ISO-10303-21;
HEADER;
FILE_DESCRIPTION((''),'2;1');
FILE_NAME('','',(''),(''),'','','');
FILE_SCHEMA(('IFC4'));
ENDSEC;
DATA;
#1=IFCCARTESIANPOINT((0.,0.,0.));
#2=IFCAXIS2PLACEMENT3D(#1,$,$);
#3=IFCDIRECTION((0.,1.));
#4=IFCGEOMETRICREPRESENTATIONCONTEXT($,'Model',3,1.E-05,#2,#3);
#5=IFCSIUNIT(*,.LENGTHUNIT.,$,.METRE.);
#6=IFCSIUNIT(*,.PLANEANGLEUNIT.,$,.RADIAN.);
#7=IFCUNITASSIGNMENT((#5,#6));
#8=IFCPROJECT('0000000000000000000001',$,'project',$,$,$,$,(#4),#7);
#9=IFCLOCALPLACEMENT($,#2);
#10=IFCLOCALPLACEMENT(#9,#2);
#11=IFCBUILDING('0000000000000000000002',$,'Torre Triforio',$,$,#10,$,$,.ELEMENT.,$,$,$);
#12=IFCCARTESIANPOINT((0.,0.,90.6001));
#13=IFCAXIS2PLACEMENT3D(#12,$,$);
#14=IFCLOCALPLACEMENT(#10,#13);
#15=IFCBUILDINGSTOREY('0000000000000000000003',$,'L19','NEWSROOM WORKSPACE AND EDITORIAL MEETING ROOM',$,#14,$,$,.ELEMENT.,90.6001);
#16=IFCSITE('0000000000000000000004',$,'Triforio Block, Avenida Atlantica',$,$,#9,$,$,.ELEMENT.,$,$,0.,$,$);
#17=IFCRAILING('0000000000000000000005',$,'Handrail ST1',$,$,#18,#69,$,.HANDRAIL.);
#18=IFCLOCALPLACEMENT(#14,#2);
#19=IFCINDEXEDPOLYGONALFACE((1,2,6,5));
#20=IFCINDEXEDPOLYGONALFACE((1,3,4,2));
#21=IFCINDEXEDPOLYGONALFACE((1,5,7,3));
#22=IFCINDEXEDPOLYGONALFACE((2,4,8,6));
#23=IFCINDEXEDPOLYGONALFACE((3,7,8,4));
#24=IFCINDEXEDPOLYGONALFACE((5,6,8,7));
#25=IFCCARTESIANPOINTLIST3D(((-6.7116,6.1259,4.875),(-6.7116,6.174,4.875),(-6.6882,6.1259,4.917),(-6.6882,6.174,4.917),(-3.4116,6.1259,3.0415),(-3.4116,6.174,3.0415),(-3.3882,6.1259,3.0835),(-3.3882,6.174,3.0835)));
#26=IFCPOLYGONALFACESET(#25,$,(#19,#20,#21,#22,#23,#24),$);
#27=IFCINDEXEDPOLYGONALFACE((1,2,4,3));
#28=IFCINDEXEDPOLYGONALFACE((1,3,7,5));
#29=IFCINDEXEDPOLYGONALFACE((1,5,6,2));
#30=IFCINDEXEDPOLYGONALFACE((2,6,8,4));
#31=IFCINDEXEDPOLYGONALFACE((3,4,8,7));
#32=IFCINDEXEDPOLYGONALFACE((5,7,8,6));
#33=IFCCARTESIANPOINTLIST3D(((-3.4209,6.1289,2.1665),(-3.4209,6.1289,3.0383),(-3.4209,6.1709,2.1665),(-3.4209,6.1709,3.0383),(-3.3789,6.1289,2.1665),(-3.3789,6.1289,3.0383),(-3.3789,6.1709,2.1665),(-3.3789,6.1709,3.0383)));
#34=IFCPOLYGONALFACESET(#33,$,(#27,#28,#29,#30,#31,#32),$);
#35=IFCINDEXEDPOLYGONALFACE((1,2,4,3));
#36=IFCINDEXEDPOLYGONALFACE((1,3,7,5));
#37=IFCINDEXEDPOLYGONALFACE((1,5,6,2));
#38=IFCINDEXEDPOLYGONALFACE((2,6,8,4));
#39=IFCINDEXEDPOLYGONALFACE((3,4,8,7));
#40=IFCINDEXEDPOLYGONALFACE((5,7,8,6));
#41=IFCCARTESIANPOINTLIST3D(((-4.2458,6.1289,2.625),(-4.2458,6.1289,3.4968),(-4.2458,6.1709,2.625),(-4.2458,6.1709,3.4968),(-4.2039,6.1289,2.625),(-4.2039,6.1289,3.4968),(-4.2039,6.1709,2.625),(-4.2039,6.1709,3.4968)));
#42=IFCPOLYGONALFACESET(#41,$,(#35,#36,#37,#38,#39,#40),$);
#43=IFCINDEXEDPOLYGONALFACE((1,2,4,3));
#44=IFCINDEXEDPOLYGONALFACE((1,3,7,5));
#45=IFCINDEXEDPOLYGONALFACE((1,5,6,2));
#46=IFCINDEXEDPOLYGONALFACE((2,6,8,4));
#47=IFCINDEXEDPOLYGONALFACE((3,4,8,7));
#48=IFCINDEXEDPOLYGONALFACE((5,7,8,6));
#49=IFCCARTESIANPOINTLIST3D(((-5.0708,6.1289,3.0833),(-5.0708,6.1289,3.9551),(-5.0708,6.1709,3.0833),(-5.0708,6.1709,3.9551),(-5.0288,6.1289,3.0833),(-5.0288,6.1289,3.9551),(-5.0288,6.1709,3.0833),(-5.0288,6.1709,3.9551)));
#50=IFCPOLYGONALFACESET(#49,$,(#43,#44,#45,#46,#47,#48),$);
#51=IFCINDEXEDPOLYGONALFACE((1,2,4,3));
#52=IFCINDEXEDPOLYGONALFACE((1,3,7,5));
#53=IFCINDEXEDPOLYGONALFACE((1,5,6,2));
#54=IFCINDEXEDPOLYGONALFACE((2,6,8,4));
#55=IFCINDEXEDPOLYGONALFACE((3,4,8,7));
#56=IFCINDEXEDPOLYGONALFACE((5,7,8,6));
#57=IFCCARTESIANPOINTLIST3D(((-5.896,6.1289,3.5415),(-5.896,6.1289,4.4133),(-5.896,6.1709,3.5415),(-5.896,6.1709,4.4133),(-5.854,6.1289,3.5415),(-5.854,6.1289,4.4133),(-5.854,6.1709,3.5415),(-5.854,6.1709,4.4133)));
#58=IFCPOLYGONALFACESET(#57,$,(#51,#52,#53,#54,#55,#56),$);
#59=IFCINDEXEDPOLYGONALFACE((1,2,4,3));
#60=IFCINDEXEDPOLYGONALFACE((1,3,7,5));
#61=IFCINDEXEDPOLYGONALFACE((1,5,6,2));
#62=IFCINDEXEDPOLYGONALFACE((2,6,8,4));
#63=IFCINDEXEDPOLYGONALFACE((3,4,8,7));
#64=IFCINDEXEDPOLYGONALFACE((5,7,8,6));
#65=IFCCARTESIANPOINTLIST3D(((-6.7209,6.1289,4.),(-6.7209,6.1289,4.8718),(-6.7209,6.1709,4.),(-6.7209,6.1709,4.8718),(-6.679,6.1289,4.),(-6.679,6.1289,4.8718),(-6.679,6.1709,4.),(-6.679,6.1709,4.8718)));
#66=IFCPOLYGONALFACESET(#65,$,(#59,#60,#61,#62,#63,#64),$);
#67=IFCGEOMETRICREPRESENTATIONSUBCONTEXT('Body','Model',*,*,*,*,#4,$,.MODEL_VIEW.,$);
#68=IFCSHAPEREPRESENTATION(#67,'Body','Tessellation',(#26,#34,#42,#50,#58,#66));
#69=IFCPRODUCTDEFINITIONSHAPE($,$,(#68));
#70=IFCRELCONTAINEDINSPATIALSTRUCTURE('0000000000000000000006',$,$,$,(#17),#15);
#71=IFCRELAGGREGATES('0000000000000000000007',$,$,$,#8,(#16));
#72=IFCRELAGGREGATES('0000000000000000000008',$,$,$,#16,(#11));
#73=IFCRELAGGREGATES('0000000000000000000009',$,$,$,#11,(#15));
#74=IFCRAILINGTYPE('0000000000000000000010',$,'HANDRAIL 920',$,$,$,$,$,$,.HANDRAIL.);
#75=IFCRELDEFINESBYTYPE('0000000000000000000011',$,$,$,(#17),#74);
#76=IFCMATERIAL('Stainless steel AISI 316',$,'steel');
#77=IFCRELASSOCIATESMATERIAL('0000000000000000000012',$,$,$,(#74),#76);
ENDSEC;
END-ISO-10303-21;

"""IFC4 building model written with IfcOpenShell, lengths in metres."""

from ifc_helpers import new_model, si_unit, direction, frame, origin, origin_2d, place, context, subcontext, project, spatial, rectangle, extrude, material, type_object, element, save


model = new_model("IFC4")

# Units and contexts
model_context = context("Model", 3, precision=1e-05, world=origin(), true_north=direction((0.0, 1.0)))
body_context = subcontext(model_context, "Body", "Model", "MODEL_VIEW")
ifc_project = project(units=[si_unit("LENGTHUNIT", "METRE"), si_unit("PLANEANGLEUNIT", "RADIAN")], contexts=[model_context])

# Site, building, storey
site_placement = place(None, origin())
site = spatial("IfcSite", under=ifc_project, at=site_placement, Name="Triforio Block, Avenida Atlantica", CompositionType="ELEMENT", RefElevation=0.0)
building_placement = place(site_placement, origin())
building = spatial("IfcBuilding", under=site, at=building_placement, Name="Torre Triforio", CompositionType="ELEMENT")
storey_placement = place(building_placement, frame((0.0, 0.0, 90.6001)))
storey = spatial("IfcBuildingStorey", under=building, at=storey_placement, Name="L19", Description="NEWSROOM WORKSPACE AND EDITORIAL MEETING ROOM", CompositionType="ELEMENT", Elevation=90.6001)

# Railing
ifc_material_1 = material(Name="Stainless steel AISI 316", Category="steel")
railing_type = type_object("IfcRailingType", Name="HANDRAIL 920", PredefinedType="HANDRAIL", material=ifc_material_1)
for number, where, name in (
    (1, (-3.3999, 6.1499, 2.1665), "Handrail ST1"),
):
    element("IfcRailing", number, at=place(storey_placement, frame(where)), inside=storey, type_object=railing_type, Name=name, PredefinedType="HANDRAIL", context=body_context, shape_type="SweptSolid", body=[
        extrude(rectangle(XDim=0.0481, YDim=0.0481, at=origin_2d()), frame((0.0, 0.0, 0.896), z_axis=(-0.874142, 0.0, 0.48567), x_axis=(0.0, -1.0, 0.0)), (0.0, 0.0, 1.0), 3.7751),
        extrude(rectangle(XDim=0.042, YDim=0.042, at=origin_2d()), origin(), (0.0, 0.0, 1.0), 0.8718),
        extrude(rectangle(XDim=0.042, YDim=0.042, at=origin_2d()), frame((-0.825, 0.0, 0.4585)), (0.0, 0.0, 1.0), 0.8718),
        extrude(rectangle(XDim=0.042, YDim=0.042, at=origin_2d()), frame((-1.6499, 0.0, 0.9167)), (0.0, 0.0, 1.0), 0.8718),
        extrude(rectangle(XDim=0.042, YDim=0.042, at=origin_2d()), frame((-2.4751, 0.0, 1.375)), (0.0, 0.0, 1.0), 0.8718),
        extrude(rectangle(XDim=0.042, YDim=0.042, at=origin_2d()), frame((-3.3, 0.0, 1.8335)), (0.0, 0.0, 1.0), 0.8718),
    ])

save(model, "model.ifc")
